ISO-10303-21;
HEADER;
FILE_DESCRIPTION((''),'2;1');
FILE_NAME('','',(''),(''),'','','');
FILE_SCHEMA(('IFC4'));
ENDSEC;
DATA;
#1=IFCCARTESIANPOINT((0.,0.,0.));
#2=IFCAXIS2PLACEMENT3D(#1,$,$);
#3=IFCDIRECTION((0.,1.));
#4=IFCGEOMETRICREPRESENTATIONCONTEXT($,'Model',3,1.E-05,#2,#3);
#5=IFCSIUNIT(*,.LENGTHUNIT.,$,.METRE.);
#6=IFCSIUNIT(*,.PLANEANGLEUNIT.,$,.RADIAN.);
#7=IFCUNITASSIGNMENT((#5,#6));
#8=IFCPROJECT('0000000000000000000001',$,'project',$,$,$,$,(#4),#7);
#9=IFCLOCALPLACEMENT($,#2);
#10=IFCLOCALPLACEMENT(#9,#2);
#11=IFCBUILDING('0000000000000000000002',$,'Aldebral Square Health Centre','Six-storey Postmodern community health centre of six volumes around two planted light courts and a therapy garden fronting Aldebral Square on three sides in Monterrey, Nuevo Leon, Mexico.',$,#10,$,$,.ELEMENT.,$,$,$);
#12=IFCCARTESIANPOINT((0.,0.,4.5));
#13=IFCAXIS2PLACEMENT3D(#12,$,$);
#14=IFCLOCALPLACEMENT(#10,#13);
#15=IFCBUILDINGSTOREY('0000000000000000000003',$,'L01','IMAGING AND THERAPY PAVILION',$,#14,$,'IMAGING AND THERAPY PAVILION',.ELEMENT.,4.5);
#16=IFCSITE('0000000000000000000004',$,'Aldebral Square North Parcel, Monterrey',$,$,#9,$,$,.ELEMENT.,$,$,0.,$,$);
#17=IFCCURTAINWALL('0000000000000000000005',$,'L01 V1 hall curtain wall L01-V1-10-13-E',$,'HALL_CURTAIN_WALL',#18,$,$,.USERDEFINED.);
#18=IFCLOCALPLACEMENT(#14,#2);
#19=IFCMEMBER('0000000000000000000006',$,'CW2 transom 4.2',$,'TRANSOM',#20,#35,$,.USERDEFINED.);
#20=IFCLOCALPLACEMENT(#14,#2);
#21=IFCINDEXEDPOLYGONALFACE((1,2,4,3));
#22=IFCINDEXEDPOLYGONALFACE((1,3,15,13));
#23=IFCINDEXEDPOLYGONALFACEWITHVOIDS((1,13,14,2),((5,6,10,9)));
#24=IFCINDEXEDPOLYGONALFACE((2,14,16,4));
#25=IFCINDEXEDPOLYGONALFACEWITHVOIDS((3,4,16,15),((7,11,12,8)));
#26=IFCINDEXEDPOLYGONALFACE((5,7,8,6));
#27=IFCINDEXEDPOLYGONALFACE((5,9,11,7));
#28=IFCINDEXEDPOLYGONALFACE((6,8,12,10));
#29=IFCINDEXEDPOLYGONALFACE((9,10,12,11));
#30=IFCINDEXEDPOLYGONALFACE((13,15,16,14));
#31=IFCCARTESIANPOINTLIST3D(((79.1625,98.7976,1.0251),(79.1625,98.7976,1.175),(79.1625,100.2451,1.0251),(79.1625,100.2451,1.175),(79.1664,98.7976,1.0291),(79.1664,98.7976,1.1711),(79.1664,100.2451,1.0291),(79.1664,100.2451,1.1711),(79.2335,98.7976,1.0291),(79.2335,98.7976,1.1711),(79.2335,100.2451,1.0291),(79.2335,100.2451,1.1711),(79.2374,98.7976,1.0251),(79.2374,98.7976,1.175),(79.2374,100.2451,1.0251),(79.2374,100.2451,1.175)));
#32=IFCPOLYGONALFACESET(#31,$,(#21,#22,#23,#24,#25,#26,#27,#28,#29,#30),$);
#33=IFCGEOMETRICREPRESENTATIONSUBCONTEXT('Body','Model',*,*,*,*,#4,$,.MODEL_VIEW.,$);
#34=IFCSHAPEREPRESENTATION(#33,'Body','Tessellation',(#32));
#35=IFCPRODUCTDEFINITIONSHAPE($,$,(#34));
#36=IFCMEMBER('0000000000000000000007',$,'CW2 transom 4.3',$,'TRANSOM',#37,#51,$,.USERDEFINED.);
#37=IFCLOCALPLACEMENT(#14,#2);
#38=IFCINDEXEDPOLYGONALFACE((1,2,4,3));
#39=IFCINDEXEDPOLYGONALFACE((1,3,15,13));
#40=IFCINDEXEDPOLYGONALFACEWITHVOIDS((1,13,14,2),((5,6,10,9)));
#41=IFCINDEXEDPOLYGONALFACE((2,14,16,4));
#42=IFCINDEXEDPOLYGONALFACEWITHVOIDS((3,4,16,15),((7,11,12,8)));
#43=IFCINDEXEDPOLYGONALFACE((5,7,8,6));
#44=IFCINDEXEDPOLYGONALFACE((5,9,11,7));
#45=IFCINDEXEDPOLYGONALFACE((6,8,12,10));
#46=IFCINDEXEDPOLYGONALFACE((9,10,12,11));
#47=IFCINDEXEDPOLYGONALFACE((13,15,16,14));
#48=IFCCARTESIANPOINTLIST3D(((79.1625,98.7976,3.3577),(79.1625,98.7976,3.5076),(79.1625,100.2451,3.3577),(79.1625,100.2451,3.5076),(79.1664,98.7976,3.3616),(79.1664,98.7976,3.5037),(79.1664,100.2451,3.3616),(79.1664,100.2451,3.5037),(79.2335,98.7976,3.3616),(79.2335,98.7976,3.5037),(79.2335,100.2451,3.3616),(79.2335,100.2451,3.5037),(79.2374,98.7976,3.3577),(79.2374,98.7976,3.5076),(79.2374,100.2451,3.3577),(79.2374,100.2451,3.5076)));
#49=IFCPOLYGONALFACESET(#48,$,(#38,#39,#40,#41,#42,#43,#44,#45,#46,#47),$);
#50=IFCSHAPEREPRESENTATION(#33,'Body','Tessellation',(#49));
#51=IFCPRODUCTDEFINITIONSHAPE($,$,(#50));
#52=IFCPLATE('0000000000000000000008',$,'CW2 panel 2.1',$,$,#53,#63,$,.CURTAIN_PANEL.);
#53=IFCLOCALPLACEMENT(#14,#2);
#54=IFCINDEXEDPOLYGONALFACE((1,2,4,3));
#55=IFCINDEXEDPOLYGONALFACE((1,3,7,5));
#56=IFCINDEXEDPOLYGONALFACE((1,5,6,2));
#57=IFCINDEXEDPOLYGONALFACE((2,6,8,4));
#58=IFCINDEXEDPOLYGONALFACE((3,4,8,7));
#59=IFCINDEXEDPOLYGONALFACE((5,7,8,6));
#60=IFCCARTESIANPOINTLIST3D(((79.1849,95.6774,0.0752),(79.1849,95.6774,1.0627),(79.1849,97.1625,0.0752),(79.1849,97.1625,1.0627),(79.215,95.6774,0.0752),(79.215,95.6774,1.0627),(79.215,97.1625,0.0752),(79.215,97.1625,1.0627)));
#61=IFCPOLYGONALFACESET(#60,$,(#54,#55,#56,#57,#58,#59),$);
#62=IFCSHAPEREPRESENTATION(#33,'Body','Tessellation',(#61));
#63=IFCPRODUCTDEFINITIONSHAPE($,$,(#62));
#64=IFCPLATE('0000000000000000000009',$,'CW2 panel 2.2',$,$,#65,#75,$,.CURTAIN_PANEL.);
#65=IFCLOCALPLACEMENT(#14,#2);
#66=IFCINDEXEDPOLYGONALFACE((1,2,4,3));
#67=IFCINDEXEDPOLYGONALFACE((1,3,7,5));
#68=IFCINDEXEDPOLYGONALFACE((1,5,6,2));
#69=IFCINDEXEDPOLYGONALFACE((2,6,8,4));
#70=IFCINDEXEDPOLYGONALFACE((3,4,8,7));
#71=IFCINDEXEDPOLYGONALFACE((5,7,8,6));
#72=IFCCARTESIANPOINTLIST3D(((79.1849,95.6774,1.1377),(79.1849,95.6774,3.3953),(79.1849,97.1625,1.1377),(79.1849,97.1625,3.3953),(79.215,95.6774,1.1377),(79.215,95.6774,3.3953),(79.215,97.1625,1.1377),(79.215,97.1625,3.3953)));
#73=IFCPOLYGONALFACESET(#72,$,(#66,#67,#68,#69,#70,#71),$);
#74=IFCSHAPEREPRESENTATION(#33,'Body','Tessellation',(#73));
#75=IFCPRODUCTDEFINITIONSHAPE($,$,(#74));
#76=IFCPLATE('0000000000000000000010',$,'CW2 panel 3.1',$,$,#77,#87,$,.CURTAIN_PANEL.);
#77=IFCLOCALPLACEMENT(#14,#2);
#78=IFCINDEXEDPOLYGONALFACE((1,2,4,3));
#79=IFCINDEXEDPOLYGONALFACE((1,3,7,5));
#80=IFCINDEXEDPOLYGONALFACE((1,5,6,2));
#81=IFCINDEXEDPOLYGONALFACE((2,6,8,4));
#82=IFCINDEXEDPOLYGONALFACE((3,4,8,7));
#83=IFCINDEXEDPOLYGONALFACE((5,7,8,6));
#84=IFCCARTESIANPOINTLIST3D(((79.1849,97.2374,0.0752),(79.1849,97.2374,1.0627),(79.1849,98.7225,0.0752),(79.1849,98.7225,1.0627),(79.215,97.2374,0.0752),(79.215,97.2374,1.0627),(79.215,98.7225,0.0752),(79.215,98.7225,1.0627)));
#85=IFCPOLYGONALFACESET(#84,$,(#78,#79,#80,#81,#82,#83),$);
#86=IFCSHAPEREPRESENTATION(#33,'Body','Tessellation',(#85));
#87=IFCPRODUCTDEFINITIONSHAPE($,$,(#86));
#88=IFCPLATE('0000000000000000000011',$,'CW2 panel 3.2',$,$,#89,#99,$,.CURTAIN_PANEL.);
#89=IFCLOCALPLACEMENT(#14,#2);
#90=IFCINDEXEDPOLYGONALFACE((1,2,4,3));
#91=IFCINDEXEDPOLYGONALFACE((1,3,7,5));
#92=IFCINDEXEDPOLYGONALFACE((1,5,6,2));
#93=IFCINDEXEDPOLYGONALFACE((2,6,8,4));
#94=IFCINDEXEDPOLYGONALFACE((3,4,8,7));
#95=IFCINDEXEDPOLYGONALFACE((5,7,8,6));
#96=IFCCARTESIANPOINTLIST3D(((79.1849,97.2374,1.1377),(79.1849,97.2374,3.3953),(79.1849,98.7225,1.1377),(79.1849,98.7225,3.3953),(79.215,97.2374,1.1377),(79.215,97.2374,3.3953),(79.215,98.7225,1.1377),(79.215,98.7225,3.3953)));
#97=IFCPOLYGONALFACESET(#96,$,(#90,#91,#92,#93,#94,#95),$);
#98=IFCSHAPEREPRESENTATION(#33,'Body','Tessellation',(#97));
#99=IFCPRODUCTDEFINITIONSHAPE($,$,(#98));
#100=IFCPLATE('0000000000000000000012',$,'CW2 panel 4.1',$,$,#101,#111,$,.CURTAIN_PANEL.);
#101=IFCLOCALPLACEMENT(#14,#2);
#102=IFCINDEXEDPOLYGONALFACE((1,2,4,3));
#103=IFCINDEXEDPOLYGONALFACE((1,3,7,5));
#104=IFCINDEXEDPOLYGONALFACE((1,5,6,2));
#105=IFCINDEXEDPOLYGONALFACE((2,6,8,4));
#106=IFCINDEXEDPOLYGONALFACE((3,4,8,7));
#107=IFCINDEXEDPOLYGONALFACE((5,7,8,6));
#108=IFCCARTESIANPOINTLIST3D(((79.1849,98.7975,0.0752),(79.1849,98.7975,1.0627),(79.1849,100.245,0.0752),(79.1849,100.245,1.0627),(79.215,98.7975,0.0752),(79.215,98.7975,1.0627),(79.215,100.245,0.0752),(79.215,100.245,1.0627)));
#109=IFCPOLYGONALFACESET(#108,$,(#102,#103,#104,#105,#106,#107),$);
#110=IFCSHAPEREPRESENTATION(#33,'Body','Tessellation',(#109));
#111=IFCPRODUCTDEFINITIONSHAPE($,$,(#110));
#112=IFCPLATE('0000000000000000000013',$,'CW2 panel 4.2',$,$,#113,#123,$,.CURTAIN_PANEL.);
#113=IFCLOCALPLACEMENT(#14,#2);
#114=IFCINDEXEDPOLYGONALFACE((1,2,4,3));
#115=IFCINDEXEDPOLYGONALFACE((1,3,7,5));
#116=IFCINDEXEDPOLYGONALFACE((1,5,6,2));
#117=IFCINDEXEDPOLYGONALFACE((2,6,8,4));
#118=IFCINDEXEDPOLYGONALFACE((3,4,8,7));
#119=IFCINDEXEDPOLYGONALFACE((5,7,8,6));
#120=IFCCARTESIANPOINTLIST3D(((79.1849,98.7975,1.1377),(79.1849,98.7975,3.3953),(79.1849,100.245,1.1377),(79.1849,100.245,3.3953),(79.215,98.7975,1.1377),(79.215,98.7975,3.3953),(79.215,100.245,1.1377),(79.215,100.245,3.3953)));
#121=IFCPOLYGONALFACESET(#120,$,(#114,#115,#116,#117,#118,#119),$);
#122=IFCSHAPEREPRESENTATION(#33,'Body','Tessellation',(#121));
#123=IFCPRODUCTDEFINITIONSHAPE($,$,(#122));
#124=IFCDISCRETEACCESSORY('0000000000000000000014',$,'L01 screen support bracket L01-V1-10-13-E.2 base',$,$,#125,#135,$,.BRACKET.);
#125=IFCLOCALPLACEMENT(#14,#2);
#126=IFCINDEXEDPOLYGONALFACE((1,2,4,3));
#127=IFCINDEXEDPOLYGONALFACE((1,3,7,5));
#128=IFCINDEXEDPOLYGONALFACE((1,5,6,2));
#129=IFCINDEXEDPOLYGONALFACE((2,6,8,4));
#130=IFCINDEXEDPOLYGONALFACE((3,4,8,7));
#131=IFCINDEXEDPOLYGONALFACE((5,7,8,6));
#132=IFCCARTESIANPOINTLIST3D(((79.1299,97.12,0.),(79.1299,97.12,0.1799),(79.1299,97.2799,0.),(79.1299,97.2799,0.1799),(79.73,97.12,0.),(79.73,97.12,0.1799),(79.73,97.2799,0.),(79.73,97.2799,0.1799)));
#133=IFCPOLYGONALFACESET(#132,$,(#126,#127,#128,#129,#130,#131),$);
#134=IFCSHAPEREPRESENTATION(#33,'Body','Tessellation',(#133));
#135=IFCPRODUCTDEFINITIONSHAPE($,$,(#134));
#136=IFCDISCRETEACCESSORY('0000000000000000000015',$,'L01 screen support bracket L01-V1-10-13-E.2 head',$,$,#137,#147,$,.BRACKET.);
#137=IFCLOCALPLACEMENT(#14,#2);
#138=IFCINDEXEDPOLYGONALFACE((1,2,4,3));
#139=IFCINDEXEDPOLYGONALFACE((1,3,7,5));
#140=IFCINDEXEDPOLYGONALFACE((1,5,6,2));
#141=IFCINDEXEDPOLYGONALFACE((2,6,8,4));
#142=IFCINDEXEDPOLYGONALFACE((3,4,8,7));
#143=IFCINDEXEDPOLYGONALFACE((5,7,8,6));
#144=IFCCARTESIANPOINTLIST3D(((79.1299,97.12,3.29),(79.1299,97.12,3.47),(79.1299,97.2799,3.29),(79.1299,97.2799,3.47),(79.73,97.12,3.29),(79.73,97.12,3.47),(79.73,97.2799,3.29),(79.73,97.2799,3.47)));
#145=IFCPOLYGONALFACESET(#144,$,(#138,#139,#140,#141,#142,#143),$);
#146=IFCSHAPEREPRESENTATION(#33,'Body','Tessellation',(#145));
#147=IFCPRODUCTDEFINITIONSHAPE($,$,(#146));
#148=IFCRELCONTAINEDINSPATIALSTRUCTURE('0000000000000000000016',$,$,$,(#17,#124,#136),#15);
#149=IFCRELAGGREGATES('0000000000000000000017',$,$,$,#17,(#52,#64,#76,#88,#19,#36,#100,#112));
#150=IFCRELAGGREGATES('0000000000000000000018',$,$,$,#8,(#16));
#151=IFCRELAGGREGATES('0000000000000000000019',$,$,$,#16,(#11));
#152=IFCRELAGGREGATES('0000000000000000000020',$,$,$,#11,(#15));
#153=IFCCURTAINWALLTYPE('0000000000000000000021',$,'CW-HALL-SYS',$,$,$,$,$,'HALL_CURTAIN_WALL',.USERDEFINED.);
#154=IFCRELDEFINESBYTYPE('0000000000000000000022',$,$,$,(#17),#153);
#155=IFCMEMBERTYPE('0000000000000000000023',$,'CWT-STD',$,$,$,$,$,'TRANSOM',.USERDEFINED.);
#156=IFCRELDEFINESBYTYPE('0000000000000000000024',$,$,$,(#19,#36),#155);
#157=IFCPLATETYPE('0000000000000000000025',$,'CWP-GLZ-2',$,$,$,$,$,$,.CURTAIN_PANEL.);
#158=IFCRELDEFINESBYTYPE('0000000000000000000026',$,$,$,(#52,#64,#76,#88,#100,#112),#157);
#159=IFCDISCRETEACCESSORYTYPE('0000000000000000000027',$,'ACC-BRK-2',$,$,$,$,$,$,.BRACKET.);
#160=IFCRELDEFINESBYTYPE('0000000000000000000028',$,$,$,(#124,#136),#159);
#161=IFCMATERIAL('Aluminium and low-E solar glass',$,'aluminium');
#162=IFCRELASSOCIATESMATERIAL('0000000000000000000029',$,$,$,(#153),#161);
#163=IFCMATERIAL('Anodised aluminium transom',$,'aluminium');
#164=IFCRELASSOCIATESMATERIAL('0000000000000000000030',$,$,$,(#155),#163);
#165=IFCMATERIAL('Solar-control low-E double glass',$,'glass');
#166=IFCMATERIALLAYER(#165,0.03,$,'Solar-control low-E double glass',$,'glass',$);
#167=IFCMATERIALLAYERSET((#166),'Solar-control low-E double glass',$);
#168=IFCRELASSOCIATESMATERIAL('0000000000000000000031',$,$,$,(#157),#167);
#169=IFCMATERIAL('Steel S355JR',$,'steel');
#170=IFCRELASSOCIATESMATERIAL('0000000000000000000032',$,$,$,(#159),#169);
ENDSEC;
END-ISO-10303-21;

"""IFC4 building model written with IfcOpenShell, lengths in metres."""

from ifc_helpers import new_model, si_unit, direction, frame, origin, origin_2d, place, context, subcontext, project, spatial, rectangle, hollow_rectangle, extrude, material, layer, layer_set, material_profile, profile_set, type_object, element, aggregate, save


model = new_model("IFC4")

# Units and contexts
model_context = context("Model", 3, precision=1e-05, world=origin(), true_north=direction((0.0, 1.0)))
body_context = subcontext(model_context, "Body", "Model", "MODEL_VIEW")
ifc_project = project(units=[si_unit("LENGTHUNIT", "METRE"), si_unit("PLANEANGLEUNIT", "RADIAN")], contexts=[model_context])

# Site, building, storey
site_placement = place(None, origin())
site = spatial("IfcSite", under=ifc_project, at=site_placement, Name="Aldebral Square North Parcel, Monterrey", CompositionType="ELEMENT", RefElevation=0.0)
building_placement = place(site_placement, origin())
building = spatial("IfcBuilding", under=site, at=building_placement, Name="Aldebral Square Health Centre", Description="Six-storey Postmodern community health centre of six volumes around two planted light courts and a therapy garden fronting Aldebral Square on three sides in Monterrey, Nuevo Leon, Mexico.", CompositionType="ELEMENT")
storey_placement = place(building_placement, frame((0.0, 0.0, 4.5)))
storey = spatial("IfcBuildingStorey", under=building, at=storey_placement, Name="L01", Description="IMAGING AND THERAPY PAVILION", LongName="IMAGING AND THERAPY PAVILION", CompositionType="ELEMENT", Elevation=4.5)

# Curtain wall, members, plates
ifc_material_1 = material(Name="Aluminium and low-E solar glass", Category="aluminium")
curtain_wall_type = type_object("IfcCurtainWallType", Name="CW-HALL-SYS", ElementType="HALL_CURTAIN_WALL", PredefinedType="USERDEFINED", material=ifc_material_1)
curtain_wall_placement = place(storey_placement, origin())
curtain_wall = element("IfcCurtainWall", 1, at=curtain_wall_placement, inside=storey, type_object=curtain_wall_type, Name="L01 V1 hall curtain wall L01-V1-10-13-E", ObjectType="HALL_CURTAIN_WALL", PredefinedType="USERDEFINED")
ifc_material_2 = material(Name="Anodised aluminium transom", Category="aluminium")
ifc_material_profile_1 = material_profile(ifc_material_2, hollow_rectangle(XDim=0.075, YDim=0.1499, WallThickness=0.0039, at=origin_2d()), Name="CWT 75x150x4")
ifc_profile_set_1 = profile_set([ifc_material_profile_1], Name="Anodised aluminium transom")
member_type_1 = type_object("IfcMemberType", Name="CWT-STD", ElementType="TRANSOM", PredefinedType="USERDEFINED", material=ifc_profile_set_1)
member_1_placement = place(storey_placement, frame((79.2, 98.7976, 1.1001), z_axis=(0.0, 1.0, 0.0), x_axis=(-1.0, 0.0, 0.0)))
member_1 = element("IfcMember", 2, at=member_1_placement, type_object=member_type_1, Name="CW2 transom 4.2", ObjectType="TRANSOM", PredefinedType="USERDEFINED", context=body_context, shape_type="SweptSolid", body=[
    extrude(hollow_rectangle(XDim=0.075, YDim=0.1499, WallThickness=0.0039, at=origin_2d()), origin(), (0.0, 0.0, 1.0), 1.4475),
])
member_2_placement = place(storey_placement, frame((79.2, 98.7976, 3.4326), z_axis=(0.0, 1.0, 0.0), x_axis=(-1.0, 0.0, 0.0)))
member_2 = element("IfcMember", 3, at=member_2_placement, type_object=member_type_1, Name="CW2 transom 4.3", ObjectType="TRANSOM", PredefinedType="USERDEFINED", context=body_context, shape_type="SweptSolid", body=[
    extrude(hollow_rectangle(XDim=0.075, YDim=0.1499, WallThickness=0.0039, at=origin_2d()), origin(), (0.0, 0.0, 1.0), 1.4475),
])
ifc_material_3 = material(Name="Solar-control low-E double glass", Category="glass")
ifc_layer = layer(ifc_material_3, 0.03, Name="Solar-control low-E double glass", Category="glass")
ifc_layer_set = layer_set([ifc_layer], Name="Solar-control low-E double glass")
plate_type = type_object("IfcPlateType", Name="CWP-GLZ-2", PredefinedType="CURTAIN_PANEL", material=ifc_layer_set)
plate_1_placement = place(storey_placement, frame((79.2, 96.4199, 0.0752), z_axis=(0.0, 0.0, 1.0), x_axis=(0.0, 1.0, 0.0)))
plate_1 = element("IfcPlate", 4, at=plate_1_placement, type_object=plate_type, Name="CW2 panel 2.1", PredefinedType="CURTAIN_PANEL", context=body_context, shape_type="SweptSolid", body=[
    extrude(rectangle(XDim=1.4851, YDim=0.03, at=origin_2d()), origin(), (0.0, 0.0, 1.0), 0.9875),
])
plate_2_placement = place(storey_placement, frame((79.2, 96.4199, 1.1377), z_axis=(0.0, 0.0, 1.0), x_axis=(0.0, 1.0, 0.0)))
plate_2 = element("IfcPlate", 5, at=plate_2_placement, type_object=plate_type, Name="CW2 panel 2.2", PredefinedType="CURTAIN_PANEL", context=body_context, shape_type="SweptSolid", body=[
    extrude(rectangle(XDim=1.4851, YDim=0.03, at=origin_2d()), origin(), (0.0, 0.0, 1.0), 2.2576),
])
plate_3_placement = place(storey_placement, frame((79.2, 97.98, 0.0752), z_axis=(0.0, 0.0, 1.0), x_axis=(0.0, 1.0, 0.0)))
plate_3 = element("IfcPlate", 6, at=plate_3_placement, type_object=plate_type, Name="CW2 panel 3.1", PredefinedType="CURTAIN_PANEL", context=body_context, shape_type="SweptSolid", body=[
    extrude(rectangle(XDim=1.4851, YDim=0.03, at=origin_2d()), origin(), (0.0, 0.0, 1.0), 0.9875),
])
plate_4_placement = place(storey_placement, frame((79.2, 97.98, 1.1377), z_axis=(0.0, 0.0, 1.0), x_axis=(0.0, 1.0, 0.0)))
plate_4 = element("IfcPlate", 7, at=plate_4_placement, type_object=plate_type, Name="CW2 panel 3.2", PredefinedType="CURTAIN_PANEL", context=body_context, shape_type="SweptSolid", body=[
    extrude(rectangle(XDim=1.4851, YDim=0.03, at=origin_2d()), origin(), (0.0, 0.0, 1.0), 2.2576),
])
plate_5_placement = place(storey_placement, frame((79.2, 99.5212, 0.0752), z_axis=(0.0, 0.0, 1.0), x_axis=(0.0, 1.0, 0.0)))
plate_5 = element("IfcPlate", 8, at=plate_5_placement, type_object=plate_type, Name="CW2 panel 4.1", PredefinedType="CURTAIN_PANEL", context=body_context, shape_type="SweptSolid", body=[
    extrude(rectangle(XDim=1.4475, YDim=0.03, at=origin_2d()), origin(), (0.0, 0.0, 1.0), 0.9875),
])
plate_6_placement = place(storey_placement, frame((79.2, 99.5212, 1.1377), z_axis=(0.0, 0.0, 1.0), x_axis=(0.0, 1.0, 0.0)))
plate_6 = element("IfcPlate", 9, at=plate_6_placement, type_object=plate_type, Name="CW2 panel 4.2", PredefinedType="CURTAIN_PANEL", context=body_context, shape_type="SweptSolid", body=[
    extrude(rectangle(XDim=1.4475, YDim=0.03, at=origin_2d()), origin(), (0.0, 0.0, 1.0), 2.2576),
])
aggregate(curtain_wall, [plate_1, plate_2, plate_3, plate_4, member_1, member_2, plate_5, plate_6])

# Discrete accessories
ifc_material_4 = material(Name="Steel S355JR", Category="steel")
discrete_accessory_type = type_object("IfcDiscreteAccessoryType", Name="ACC-BRK-2", PredefinedType="BRACKET", material=ifc_material_4)
for number, where, z_axis, x_axis, name in (
    (10, (79.4299, 97.2, 0.0), (0.0, 0.0, 1.0), (0.0, 1.0, 0.0), "L01 screen support bracket L01-V1-10-13-E.2 base"),
    (11, (79.4299, 97.2, 3.29), (0.0, 0.0, 1.0), (0.0, 1.0, 0.0), "L01 screen support bracket L01-V1-10-13-E.2 head"),
):
    element("IfcDiscreteAccessory", number, at=place(storey_placement, frame(where, z_axis=z_axis, x_axis=x_axis)), inside=storey, type_object=discrete_accessory_type, Name=name, PredefinedType="BRACKET", context=body_context, shape_type="SweptSolid", body=[
        extrude(rectangle(XDim=0.1599, YDim=0.6001, at=origin_2d()), origin(), (0.0, 0.0, 1.0), 0.1799),
    ])

save(model, "model.ifc")
